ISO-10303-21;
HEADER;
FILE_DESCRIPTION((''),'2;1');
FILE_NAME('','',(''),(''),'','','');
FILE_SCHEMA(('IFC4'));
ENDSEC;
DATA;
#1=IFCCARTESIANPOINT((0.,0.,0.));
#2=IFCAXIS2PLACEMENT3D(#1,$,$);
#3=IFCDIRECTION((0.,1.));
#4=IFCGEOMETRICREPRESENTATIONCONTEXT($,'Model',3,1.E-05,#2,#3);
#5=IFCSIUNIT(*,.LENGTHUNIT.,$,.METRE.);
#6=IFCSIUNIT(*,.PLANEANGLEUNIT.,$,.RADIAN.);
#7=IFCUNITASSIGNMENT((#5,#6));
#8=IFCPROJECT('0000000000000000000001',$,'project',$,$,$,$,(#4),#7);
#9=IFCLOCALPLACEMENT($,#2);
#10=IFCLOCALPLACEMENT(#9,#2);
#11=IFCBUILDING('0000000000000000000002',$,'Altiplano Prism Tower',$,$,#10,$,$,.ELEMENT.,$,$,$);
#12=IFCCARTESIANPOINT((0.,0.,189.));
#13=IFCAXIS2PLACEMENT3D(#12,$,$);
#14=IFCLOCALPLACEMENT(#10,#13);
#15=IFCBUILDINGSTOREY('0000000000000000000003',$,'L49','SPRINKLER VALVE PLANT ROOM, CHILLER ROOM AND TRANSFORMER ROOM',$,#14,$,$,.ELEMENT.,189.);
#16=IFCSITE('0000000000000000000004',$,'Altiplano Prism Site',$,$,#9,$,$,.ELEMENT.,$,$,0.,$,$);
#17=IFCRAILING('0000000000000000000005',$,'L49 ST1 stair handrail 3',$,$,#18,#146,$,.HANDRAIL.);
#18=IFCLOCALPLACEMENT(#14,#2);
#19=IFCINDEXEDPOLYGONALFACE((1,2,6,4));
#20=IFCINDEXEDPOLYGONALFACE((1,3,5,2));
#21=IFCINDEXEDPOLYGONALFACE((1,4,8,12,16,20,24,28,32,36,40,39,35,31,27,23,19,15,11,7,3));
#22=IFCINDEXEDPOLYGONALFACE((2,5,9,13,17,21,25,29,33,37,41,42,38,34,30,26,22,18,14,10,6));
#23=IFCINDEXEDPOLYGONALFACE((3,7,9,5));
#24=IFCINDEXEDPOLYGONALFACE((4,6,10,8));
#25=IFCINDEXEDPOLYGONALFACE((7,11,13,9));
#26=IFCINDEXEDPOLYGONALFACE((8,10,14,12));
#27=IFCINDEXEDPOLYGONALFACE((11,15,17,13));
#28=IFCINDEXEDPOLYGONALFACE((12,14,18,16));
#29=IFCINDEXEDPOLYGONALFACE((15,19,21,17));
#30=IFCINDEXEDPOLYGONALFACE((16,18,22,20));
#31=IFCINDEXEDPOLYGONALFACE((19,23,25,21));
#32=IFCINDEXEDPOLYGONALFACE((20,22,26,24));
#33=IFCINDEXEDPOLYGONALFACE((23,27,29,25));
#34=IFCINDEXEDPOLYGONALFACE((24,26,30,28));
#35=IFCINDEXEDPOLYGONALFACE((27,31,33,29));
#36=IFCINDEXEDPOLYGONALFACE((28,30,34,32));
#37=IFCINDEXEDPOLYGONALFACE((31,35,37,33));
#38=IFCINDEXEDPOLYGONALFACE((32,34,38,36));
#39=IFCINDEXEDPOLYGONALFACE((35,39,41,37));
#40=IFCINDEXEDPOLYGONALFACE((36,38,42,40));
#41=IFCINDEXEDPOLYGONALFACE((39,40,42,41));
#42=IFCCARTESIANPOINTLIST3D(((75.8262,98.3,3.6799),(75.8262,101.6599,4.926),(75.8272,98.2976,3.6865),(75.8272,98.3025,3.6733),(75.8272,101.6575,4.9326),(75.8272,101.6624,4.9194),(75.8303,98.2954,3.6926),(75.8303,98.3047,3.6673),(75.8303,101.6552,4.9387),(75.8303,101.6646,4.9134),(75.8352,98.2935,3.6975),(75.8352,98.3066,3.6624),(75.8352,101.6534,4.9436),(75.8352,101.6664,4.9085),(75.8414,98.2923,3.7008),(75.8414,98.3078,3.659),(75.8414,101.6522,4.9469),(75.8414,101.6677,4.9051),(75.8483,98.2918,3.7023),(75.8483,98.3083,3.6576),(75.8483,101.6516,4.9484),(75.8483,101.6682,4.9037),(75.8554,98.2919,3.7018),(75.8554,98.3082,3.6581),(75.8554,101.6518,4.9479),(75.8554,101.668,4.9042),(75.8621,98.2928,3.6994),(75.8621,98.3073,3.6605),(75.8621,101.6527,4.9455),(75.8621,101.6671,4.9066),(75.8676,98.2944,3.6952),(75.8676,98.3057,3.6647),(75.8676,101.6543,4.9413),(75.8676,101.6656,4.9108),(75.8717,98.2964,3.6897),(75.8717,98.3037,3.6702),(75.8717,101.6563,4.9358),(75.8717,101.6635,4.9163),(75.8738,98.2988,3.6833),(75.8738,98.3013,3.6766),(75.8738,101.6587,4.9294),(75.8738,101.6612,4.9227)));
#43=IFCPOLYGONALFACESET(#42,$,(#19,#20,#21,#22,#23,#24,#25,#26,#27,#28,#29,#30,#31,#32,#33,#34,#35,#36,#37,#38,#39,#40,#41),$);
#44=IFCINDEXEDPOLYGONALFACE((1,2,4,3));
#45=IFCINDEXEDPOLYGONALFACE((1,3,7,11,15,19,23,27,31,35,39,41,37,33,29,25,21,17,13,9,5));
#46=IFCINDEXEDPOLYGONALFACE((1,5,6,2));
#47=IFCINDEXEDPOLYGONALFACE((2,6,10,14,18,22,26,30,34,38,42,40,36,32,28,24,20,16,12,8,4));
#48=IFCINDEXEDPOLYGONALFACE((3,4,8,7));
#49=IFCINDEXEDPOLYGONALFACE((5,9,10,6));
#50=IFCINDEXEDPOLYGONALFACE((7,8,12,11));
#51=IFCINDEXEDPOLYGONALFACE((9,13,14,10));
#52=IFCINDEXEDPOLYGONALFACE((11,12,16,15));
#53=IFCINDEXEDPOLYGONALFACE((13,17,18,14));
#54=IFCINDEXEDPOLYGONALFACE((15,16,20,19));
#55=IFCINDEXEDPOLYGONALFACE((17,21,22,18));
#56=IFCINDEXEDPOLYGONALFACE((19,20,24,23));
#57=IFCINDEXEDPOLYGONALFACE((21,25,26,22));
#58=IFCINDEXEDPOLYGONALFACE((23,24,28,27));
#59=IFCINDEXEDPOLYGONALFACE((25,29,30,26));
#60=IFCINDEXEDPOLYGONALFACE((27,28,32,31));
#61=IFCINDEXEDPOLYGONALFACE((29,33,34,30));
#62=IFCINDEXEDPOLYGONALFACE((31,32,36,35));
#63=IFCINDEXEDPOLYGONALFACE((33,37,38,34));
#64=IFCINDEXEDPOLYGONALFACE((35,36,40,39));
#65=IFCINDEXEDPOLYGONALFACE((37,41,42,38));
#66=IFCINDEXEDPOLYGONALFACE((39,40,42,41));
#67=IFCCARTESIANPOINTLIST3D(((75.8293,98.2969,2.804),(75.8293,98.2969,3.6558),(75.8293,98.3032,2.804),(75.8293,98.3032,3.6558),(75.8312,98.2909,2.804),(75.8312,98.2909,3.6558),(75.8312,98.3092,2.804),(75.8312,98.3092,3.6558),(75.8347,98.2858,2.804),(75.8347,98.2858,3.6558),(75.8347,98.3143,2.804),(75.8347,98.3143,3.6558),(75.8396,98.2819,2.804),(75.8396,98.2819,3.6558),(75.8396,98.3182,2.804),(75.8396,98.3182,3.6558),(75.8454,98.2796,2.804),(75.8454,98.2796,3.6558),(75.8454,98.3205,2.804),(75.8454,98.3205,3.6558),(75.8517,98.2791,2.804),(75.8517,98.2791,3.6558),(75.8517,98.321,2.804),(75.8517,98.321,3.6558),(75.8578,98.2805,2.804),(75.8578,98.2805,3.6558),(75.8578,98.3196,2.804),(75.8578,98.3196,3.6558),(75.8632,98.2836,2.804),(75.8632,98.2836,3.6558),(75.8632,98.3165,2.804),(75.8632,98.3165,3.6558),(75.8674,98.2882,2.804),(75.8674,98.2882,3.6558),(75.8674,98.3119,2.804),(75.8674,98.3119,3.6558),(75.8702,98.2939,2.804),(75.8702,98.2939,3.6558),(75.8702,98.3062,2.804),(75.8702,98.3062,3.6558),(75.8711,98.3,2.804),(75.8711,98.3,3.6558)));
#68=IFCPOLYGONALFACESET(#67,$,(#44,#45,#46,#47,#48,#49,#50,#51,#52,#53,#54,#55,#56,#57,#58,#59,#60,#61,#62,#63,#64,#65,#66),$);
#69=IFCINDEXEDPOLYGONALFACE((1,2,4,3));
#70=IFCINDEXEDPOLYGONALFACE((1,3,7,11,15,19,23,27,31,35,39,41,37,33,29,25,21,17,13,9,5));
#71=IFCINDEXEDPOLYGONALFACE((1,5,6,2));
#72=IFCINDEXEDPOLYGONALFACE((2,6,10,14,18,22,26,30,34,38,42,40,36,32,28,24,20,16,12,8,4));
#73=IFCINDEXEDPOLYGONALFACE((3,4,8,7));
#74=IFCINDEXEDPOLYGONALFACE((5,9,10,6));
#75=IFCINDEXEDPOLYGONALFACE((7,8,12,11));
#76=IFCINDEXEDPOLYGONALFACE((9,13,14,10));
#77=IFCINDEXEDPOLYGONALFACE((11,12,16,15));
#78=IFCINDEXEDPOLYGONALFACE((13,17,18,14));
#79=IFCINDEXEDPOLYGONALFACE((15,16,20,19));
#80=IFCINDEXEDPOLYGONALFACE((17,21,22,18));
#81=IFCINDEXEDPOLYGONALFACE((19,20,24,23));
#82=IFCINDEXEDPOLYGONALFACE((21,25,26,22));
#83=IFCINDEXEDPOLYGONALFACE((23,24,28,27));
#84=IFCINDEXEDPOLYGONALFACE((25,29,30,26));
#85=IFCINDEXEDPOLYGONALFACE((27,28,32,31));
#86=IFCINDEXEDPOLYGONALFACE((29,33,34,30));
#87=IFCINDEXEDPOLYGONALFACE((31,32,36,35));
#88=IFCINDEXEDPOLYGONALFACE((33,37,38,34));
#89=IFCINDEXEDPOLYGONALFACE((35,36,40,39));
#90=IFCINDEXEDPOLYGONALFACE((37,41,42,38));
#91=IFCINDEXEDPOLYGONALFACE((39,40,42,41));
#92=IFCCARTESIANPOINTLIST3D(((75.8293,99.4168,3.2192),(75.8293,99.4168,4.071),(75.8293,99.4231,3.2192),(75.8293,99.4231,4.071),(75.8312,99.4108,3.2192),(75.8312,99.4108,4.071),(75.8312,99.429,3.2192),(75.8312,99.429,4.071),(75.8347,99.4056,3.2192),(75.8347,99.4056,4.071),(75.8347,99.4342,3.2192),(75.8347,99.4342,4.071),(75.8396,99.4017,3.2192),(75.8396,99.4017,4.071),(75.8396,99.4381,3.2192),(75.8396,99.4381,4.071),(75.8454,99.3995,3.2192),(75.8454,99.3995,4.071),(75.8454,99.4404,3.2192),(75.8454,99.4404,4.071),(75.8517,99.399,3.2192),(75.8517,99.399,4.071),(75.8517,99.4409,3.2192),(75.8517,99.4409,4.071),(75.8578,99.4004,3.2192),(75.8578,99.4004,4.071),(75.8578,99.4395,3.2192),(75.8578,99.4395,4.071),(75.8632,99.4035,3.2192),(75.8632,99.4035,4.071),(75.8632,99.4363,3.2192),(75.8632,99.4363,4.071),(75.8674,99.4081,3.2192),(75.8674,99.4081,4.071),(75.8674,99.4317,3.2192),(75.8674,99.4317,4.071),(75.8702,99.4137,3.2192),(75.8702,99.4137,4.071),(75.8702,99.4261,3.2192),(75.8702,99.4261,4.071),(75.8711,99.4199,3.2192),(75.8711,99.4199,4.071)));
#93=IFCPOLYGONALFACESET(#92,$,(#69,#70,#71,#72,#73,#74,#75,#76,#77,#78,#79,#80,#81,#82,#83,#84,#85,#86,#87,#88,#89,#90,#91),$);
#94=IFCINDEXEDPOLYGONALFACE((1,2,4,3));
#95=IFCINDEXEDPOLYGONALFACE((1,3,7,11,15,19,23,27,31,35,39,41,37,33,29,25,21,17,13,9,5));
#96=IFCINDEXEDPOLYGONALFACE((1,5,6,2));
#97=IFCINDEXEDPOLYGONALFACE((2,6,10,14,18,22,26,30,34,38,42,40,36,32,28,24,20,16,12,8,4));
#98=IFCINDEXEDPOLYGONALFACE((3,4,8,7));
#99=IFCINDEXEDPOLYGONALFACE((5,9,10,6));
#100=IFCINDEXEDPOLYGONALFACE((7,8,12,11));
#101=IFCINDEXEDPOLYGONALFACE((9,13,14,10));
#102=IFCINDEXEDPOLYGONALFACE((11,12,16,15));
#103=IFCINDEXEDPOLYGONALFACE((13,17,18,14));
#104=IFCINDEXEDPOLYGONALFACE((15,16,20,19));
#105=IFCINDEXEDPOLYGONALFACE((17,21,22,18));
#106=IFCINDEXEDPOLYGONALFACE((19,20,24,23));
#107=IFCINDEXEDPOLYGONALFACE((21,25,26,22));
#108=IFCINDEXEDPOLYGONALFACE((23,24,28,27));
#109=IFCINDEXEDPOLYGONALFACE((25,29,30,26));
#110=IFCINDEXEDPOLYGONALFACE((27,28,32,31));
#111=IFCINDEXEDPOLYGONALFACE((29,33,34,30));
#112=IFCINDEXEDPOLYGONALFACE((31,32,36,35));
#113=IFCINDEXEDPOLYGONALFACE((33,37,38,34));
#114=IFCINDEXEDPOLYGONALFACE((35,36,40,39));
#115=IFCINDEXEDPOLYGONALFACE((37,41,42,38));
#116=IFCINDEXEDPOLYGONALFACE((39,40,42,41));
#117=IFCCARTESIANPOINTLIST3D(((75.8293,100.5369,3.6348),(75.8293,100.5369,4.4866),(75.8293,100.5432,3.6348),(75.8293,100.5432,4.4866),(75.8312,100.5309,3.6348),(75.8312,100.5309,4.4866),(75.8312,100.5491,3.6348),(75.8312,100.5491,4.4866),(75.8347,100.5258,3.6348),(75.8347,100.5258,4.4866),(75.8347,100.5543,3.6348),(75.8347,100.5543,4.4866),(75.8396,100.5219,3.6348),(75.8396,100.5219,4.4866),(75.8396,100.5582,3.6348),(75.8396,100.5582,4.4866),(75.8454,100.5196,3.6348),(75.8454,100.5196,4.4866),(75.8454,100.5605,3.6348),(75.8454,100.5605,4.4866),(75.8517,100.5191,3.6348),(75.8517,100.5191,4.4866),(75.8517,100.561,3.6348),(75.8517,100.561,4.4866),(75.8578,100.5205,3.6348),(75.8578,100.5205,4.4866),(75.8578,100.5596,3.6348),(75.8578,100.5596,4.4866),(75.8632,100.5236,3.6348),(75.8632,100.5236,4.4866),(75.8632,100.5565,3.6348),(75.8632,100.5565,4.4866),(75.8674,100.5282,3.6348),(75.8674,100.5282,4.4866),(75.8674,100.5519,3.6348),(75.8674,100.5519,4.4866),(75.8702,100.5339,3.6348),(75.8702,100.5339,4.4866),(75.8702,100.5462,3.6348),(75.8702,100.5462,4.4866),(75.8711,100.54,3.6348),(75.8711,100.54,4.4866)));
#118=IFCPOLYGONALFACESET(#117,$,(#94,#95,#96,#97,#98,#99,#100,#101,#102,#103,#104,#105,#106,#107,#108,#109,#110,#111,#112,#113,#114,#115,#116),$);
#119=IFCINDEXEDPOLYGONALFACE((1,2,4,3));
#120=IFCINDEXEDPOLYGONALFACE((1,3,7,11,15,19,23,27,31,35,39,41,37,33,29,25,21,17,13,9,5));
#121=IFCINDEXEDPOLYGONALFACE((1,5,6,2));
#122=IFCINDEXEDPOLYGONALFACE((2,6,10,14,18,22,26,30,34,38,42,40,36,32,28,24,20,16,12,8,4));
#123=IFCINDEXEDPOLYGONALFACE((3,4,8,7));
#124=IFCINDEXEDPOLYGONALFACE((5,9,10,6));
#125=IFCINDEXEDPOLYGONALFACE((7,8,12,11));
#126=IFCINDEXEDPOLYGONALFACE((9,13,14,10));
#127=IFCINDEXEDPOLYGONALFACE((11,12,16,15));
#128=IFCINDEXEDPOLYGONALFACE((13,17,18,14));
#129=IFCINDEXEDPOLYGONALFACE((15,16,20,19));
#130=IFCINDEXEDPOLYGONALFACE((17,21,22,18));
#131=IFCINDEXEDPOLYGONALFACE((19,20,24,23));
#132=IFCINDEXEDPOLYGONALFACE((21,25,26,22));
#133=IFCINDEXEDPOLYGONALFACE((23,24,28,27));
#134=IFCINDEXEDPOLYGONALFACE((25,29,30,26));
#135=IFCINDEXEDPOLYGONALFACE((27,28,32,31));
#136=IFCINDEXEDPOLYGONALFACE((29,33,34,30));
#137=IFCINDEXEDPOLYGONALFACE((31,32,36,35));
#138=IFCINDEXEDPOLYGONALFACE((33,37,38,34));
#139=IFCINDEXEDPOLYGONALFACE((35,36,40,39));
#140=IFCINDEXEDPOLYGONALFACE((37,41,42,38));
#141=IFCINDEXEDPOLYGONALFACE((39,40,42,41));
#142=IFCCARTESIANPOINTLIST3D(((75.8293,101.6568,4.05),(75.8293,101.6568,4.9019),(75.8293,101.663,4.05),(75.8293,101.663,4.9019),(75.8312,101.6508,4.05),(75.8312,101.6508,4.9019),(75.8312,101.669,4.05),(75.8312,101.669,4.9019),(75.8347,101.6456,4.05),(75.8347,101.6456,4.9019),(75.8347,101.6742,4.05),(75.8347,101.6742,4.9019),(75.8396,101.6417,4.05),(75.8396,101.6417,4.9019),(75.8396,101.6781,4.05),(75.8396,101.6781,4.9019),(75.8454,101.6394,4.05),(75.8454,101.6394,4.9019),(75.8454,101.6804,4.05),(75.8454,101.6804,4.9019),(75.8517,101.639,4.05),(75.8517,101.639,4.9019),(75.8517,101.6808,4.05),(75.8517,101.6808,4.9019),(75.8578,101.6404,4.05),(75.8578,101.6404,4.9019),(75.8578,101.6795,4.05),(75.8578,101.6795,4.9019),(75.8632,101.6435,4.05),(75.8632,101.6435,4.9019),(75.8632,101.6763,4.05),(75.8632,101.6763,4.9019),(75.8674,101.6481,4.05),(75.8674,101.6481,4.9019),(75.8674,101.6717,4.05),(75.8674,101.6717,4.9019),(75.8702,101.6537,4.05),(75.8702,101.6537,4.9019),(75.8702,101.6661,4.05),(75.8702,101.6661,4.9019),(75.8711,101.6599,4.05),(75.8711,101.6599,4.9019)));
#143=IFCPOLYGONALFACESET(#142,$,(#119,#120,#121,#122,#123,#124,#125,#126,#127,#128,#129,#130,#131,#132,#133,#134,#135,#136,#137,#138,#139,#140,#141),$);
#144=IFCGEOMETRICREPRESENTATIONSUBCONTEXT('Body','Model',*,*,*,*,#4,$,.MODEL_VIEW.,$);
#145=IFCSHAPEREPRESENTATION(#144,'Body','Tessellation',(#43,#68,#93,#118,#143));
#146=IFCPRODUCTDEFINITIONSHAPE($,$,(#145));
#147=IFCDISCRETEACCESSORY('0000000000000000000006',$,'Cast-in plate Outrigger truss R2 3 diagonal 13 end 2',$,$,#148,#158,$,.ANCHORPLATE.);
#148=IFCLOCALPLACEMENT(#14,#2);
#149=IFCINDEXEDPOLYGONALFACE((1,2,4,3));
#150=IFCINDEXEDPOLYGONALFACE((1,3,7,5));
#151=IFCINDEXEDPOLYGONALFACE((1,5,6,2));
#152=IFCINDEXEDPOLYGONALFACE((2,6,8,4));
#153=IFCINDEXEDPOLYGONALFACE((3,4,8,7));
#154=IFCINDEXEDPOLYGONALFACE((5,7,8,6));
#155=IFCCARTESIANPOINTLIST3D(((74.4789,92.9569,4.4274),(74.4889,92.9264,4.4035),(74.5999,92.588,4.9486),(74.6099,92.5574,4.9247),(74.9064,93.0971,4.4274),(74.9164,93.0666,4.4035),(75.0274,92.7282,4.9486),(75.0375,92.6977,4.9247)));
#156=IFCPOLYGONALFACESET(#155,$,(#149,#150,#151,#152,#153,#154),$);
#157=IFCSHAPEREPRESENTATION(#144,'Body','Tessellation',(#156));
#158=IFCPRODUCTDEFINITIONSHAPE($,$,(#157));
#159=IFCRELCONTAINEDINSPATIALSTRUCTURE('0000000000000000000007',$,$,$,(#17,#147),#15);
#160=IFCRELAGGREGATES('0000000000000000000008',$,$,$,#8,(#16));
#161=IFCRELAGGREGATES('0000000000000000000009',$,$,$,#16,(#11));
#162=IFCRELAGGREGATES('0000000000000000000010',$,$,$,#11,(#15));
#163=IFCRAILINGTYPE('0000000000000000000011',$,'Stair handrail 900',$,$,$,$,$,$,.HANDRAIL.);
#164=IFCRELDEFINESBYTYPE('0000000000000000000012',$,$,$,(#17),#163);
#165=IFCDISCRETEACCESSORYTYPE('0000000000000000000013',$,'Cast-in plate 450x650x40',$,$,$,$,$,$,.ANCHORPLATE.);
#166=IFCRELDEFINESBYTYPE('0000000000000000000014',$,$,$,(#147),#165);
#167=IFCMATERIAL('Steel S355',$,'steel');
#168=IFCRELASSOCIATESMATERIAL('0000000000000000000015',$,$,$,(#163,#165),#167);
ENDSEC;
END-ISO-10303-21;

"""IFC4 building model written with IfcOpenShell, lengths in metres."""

from ifc_helpers import new_model, si_unit, direction, frame, origin, origin_2d, place, context, subcontext, project, spatial, rectangle, circle, extrude, material, material_profile, profile_set, type_object, element, save


model = new_model("IFC4")

# Units and contexts
model_context = context("Model", 3, precision=1e-05, world=origin(), true_north=direction((0.0, 1.0)))
body_context = subcontext(model_context, "Body", "Model", "MODEL_VIEW")
ifc_project = project(units=[si_unit("LENGTHUNIT", "METRE"), si_unit("PLANEANGLEUNIT", "RADIAN")], contexts=[model_context])

# Site, building, storey
site_placement = place(None, origin())
site = spatial("IfcSite", under=ifc_project, at=site_placement, Name="Altiplano Prism Site", CompositionType="ELEMENT", RefElevation=0.0)
building_placement = place(site_placement, origin())
building = spatial("IfcBuilding", under=site, at=building_placement, Name="Altiplano Prism Tower", CompositionType="ELEMENT")
storey_placement = place(building_placement, frame((0.0, 0.0, 189.0)))
storey = spatial("IfcBuildingStorey", under=building, at=storey_placement, Name="L49", Description="SPRINKLER VALVE PLANT ROOM, CHILLER ROOM AND TRANSFORMER ROOM", CompositionType="ELEMENT", Elevation=189.0)

# Railing
ifc_material_1 = material(Name="Steel S355", Category="steel")
railing_type = type_object("IfcRailingType", Name="Stair handrail 900", PredefinedType="HANDRAIL", material=ifc_material_1)
railing_1_placement = place(storey_placement, frame((75.8501, 98.3, 2.804)))
element("IfcRailing", 1, at=railing_1_placement, inside=storey, type_object=railing_type, Name="L49 ST1 stair handrail 3", PredefinedType="HANDRAIL", context=body_context, shape_type="SweptSolid", body=[
    extrude(circle(Radius=0.0239, at=origin_2d()), frame((0.0, 0.0, 0.876), z_axis=(0.0, 0.937594, 0.347731), x_axis=(-1.0, 0.0, 0.0)), (0.0, 0.0, 1.0), 3.5835),
    extrude(circle(Radius=0.021, at=origin_2d()), origin(), (0.0, 0.0, 1.0), 0.8518),
    extrude(circle(Radius=0.021, at=origin_2d()), frame((0.0, 1.1199, 0.4153)), (0.0, 0.0, 1.0), 0.8518),
    extrude(circle(Radius=0.021, at=origin_2d()), frame((0.0, 2.24, 0.8308)), (0.0, 0.0, 1.0), 0.8518),
    extrude(circle(Radius=0.021, at=origin_2d()), frame((0.0, 3.3599, 1.2461)), (0.0, 0.0, 1.0), 0.8518),
])

# Discrete accessory
ifc_material_profile = material_profile(ifc_material_1, rectangle(XDim=0.45, YDim=0.6499, at=origin_2d()), Name="Cast-in plate 450x650x40")
ifc_profile_set = profile_set([ifc_material_profile], Name="Steel S355")
discrete_accessory_type = type_object("IfcDiscreteAccessoryType", Name="Cast-in plate 450x650x40", PredefinedType="ANCHORPLATE", material=ifc_profile_set)
discrete_accessory_placement = place(storey_placement, frame((74.7532, 92.8425, 4.688), z_axis=(0.249935, -0.761997, -0.597406), x_axis=(0.950193, 0.311663, 0.0)))
element("IfcDiscreteAccessory", 2, at=discrete_accessory_placement, inside=storey, type_object=discrete_accessory_type, Name="Cast-in plate Outrigger truss R2 3 diagonal 13 end 2", PredefinedType="ANCHORPLATE", context=body_context, shape_type="SweptSolid", body=[
    extrude(rectangle(XDim=0.45, YDim=0.6499, at=origin_2d()), origin(), (0.0, 0.0, 1.0), 0.04),
])

save(model, "model.ifc")
